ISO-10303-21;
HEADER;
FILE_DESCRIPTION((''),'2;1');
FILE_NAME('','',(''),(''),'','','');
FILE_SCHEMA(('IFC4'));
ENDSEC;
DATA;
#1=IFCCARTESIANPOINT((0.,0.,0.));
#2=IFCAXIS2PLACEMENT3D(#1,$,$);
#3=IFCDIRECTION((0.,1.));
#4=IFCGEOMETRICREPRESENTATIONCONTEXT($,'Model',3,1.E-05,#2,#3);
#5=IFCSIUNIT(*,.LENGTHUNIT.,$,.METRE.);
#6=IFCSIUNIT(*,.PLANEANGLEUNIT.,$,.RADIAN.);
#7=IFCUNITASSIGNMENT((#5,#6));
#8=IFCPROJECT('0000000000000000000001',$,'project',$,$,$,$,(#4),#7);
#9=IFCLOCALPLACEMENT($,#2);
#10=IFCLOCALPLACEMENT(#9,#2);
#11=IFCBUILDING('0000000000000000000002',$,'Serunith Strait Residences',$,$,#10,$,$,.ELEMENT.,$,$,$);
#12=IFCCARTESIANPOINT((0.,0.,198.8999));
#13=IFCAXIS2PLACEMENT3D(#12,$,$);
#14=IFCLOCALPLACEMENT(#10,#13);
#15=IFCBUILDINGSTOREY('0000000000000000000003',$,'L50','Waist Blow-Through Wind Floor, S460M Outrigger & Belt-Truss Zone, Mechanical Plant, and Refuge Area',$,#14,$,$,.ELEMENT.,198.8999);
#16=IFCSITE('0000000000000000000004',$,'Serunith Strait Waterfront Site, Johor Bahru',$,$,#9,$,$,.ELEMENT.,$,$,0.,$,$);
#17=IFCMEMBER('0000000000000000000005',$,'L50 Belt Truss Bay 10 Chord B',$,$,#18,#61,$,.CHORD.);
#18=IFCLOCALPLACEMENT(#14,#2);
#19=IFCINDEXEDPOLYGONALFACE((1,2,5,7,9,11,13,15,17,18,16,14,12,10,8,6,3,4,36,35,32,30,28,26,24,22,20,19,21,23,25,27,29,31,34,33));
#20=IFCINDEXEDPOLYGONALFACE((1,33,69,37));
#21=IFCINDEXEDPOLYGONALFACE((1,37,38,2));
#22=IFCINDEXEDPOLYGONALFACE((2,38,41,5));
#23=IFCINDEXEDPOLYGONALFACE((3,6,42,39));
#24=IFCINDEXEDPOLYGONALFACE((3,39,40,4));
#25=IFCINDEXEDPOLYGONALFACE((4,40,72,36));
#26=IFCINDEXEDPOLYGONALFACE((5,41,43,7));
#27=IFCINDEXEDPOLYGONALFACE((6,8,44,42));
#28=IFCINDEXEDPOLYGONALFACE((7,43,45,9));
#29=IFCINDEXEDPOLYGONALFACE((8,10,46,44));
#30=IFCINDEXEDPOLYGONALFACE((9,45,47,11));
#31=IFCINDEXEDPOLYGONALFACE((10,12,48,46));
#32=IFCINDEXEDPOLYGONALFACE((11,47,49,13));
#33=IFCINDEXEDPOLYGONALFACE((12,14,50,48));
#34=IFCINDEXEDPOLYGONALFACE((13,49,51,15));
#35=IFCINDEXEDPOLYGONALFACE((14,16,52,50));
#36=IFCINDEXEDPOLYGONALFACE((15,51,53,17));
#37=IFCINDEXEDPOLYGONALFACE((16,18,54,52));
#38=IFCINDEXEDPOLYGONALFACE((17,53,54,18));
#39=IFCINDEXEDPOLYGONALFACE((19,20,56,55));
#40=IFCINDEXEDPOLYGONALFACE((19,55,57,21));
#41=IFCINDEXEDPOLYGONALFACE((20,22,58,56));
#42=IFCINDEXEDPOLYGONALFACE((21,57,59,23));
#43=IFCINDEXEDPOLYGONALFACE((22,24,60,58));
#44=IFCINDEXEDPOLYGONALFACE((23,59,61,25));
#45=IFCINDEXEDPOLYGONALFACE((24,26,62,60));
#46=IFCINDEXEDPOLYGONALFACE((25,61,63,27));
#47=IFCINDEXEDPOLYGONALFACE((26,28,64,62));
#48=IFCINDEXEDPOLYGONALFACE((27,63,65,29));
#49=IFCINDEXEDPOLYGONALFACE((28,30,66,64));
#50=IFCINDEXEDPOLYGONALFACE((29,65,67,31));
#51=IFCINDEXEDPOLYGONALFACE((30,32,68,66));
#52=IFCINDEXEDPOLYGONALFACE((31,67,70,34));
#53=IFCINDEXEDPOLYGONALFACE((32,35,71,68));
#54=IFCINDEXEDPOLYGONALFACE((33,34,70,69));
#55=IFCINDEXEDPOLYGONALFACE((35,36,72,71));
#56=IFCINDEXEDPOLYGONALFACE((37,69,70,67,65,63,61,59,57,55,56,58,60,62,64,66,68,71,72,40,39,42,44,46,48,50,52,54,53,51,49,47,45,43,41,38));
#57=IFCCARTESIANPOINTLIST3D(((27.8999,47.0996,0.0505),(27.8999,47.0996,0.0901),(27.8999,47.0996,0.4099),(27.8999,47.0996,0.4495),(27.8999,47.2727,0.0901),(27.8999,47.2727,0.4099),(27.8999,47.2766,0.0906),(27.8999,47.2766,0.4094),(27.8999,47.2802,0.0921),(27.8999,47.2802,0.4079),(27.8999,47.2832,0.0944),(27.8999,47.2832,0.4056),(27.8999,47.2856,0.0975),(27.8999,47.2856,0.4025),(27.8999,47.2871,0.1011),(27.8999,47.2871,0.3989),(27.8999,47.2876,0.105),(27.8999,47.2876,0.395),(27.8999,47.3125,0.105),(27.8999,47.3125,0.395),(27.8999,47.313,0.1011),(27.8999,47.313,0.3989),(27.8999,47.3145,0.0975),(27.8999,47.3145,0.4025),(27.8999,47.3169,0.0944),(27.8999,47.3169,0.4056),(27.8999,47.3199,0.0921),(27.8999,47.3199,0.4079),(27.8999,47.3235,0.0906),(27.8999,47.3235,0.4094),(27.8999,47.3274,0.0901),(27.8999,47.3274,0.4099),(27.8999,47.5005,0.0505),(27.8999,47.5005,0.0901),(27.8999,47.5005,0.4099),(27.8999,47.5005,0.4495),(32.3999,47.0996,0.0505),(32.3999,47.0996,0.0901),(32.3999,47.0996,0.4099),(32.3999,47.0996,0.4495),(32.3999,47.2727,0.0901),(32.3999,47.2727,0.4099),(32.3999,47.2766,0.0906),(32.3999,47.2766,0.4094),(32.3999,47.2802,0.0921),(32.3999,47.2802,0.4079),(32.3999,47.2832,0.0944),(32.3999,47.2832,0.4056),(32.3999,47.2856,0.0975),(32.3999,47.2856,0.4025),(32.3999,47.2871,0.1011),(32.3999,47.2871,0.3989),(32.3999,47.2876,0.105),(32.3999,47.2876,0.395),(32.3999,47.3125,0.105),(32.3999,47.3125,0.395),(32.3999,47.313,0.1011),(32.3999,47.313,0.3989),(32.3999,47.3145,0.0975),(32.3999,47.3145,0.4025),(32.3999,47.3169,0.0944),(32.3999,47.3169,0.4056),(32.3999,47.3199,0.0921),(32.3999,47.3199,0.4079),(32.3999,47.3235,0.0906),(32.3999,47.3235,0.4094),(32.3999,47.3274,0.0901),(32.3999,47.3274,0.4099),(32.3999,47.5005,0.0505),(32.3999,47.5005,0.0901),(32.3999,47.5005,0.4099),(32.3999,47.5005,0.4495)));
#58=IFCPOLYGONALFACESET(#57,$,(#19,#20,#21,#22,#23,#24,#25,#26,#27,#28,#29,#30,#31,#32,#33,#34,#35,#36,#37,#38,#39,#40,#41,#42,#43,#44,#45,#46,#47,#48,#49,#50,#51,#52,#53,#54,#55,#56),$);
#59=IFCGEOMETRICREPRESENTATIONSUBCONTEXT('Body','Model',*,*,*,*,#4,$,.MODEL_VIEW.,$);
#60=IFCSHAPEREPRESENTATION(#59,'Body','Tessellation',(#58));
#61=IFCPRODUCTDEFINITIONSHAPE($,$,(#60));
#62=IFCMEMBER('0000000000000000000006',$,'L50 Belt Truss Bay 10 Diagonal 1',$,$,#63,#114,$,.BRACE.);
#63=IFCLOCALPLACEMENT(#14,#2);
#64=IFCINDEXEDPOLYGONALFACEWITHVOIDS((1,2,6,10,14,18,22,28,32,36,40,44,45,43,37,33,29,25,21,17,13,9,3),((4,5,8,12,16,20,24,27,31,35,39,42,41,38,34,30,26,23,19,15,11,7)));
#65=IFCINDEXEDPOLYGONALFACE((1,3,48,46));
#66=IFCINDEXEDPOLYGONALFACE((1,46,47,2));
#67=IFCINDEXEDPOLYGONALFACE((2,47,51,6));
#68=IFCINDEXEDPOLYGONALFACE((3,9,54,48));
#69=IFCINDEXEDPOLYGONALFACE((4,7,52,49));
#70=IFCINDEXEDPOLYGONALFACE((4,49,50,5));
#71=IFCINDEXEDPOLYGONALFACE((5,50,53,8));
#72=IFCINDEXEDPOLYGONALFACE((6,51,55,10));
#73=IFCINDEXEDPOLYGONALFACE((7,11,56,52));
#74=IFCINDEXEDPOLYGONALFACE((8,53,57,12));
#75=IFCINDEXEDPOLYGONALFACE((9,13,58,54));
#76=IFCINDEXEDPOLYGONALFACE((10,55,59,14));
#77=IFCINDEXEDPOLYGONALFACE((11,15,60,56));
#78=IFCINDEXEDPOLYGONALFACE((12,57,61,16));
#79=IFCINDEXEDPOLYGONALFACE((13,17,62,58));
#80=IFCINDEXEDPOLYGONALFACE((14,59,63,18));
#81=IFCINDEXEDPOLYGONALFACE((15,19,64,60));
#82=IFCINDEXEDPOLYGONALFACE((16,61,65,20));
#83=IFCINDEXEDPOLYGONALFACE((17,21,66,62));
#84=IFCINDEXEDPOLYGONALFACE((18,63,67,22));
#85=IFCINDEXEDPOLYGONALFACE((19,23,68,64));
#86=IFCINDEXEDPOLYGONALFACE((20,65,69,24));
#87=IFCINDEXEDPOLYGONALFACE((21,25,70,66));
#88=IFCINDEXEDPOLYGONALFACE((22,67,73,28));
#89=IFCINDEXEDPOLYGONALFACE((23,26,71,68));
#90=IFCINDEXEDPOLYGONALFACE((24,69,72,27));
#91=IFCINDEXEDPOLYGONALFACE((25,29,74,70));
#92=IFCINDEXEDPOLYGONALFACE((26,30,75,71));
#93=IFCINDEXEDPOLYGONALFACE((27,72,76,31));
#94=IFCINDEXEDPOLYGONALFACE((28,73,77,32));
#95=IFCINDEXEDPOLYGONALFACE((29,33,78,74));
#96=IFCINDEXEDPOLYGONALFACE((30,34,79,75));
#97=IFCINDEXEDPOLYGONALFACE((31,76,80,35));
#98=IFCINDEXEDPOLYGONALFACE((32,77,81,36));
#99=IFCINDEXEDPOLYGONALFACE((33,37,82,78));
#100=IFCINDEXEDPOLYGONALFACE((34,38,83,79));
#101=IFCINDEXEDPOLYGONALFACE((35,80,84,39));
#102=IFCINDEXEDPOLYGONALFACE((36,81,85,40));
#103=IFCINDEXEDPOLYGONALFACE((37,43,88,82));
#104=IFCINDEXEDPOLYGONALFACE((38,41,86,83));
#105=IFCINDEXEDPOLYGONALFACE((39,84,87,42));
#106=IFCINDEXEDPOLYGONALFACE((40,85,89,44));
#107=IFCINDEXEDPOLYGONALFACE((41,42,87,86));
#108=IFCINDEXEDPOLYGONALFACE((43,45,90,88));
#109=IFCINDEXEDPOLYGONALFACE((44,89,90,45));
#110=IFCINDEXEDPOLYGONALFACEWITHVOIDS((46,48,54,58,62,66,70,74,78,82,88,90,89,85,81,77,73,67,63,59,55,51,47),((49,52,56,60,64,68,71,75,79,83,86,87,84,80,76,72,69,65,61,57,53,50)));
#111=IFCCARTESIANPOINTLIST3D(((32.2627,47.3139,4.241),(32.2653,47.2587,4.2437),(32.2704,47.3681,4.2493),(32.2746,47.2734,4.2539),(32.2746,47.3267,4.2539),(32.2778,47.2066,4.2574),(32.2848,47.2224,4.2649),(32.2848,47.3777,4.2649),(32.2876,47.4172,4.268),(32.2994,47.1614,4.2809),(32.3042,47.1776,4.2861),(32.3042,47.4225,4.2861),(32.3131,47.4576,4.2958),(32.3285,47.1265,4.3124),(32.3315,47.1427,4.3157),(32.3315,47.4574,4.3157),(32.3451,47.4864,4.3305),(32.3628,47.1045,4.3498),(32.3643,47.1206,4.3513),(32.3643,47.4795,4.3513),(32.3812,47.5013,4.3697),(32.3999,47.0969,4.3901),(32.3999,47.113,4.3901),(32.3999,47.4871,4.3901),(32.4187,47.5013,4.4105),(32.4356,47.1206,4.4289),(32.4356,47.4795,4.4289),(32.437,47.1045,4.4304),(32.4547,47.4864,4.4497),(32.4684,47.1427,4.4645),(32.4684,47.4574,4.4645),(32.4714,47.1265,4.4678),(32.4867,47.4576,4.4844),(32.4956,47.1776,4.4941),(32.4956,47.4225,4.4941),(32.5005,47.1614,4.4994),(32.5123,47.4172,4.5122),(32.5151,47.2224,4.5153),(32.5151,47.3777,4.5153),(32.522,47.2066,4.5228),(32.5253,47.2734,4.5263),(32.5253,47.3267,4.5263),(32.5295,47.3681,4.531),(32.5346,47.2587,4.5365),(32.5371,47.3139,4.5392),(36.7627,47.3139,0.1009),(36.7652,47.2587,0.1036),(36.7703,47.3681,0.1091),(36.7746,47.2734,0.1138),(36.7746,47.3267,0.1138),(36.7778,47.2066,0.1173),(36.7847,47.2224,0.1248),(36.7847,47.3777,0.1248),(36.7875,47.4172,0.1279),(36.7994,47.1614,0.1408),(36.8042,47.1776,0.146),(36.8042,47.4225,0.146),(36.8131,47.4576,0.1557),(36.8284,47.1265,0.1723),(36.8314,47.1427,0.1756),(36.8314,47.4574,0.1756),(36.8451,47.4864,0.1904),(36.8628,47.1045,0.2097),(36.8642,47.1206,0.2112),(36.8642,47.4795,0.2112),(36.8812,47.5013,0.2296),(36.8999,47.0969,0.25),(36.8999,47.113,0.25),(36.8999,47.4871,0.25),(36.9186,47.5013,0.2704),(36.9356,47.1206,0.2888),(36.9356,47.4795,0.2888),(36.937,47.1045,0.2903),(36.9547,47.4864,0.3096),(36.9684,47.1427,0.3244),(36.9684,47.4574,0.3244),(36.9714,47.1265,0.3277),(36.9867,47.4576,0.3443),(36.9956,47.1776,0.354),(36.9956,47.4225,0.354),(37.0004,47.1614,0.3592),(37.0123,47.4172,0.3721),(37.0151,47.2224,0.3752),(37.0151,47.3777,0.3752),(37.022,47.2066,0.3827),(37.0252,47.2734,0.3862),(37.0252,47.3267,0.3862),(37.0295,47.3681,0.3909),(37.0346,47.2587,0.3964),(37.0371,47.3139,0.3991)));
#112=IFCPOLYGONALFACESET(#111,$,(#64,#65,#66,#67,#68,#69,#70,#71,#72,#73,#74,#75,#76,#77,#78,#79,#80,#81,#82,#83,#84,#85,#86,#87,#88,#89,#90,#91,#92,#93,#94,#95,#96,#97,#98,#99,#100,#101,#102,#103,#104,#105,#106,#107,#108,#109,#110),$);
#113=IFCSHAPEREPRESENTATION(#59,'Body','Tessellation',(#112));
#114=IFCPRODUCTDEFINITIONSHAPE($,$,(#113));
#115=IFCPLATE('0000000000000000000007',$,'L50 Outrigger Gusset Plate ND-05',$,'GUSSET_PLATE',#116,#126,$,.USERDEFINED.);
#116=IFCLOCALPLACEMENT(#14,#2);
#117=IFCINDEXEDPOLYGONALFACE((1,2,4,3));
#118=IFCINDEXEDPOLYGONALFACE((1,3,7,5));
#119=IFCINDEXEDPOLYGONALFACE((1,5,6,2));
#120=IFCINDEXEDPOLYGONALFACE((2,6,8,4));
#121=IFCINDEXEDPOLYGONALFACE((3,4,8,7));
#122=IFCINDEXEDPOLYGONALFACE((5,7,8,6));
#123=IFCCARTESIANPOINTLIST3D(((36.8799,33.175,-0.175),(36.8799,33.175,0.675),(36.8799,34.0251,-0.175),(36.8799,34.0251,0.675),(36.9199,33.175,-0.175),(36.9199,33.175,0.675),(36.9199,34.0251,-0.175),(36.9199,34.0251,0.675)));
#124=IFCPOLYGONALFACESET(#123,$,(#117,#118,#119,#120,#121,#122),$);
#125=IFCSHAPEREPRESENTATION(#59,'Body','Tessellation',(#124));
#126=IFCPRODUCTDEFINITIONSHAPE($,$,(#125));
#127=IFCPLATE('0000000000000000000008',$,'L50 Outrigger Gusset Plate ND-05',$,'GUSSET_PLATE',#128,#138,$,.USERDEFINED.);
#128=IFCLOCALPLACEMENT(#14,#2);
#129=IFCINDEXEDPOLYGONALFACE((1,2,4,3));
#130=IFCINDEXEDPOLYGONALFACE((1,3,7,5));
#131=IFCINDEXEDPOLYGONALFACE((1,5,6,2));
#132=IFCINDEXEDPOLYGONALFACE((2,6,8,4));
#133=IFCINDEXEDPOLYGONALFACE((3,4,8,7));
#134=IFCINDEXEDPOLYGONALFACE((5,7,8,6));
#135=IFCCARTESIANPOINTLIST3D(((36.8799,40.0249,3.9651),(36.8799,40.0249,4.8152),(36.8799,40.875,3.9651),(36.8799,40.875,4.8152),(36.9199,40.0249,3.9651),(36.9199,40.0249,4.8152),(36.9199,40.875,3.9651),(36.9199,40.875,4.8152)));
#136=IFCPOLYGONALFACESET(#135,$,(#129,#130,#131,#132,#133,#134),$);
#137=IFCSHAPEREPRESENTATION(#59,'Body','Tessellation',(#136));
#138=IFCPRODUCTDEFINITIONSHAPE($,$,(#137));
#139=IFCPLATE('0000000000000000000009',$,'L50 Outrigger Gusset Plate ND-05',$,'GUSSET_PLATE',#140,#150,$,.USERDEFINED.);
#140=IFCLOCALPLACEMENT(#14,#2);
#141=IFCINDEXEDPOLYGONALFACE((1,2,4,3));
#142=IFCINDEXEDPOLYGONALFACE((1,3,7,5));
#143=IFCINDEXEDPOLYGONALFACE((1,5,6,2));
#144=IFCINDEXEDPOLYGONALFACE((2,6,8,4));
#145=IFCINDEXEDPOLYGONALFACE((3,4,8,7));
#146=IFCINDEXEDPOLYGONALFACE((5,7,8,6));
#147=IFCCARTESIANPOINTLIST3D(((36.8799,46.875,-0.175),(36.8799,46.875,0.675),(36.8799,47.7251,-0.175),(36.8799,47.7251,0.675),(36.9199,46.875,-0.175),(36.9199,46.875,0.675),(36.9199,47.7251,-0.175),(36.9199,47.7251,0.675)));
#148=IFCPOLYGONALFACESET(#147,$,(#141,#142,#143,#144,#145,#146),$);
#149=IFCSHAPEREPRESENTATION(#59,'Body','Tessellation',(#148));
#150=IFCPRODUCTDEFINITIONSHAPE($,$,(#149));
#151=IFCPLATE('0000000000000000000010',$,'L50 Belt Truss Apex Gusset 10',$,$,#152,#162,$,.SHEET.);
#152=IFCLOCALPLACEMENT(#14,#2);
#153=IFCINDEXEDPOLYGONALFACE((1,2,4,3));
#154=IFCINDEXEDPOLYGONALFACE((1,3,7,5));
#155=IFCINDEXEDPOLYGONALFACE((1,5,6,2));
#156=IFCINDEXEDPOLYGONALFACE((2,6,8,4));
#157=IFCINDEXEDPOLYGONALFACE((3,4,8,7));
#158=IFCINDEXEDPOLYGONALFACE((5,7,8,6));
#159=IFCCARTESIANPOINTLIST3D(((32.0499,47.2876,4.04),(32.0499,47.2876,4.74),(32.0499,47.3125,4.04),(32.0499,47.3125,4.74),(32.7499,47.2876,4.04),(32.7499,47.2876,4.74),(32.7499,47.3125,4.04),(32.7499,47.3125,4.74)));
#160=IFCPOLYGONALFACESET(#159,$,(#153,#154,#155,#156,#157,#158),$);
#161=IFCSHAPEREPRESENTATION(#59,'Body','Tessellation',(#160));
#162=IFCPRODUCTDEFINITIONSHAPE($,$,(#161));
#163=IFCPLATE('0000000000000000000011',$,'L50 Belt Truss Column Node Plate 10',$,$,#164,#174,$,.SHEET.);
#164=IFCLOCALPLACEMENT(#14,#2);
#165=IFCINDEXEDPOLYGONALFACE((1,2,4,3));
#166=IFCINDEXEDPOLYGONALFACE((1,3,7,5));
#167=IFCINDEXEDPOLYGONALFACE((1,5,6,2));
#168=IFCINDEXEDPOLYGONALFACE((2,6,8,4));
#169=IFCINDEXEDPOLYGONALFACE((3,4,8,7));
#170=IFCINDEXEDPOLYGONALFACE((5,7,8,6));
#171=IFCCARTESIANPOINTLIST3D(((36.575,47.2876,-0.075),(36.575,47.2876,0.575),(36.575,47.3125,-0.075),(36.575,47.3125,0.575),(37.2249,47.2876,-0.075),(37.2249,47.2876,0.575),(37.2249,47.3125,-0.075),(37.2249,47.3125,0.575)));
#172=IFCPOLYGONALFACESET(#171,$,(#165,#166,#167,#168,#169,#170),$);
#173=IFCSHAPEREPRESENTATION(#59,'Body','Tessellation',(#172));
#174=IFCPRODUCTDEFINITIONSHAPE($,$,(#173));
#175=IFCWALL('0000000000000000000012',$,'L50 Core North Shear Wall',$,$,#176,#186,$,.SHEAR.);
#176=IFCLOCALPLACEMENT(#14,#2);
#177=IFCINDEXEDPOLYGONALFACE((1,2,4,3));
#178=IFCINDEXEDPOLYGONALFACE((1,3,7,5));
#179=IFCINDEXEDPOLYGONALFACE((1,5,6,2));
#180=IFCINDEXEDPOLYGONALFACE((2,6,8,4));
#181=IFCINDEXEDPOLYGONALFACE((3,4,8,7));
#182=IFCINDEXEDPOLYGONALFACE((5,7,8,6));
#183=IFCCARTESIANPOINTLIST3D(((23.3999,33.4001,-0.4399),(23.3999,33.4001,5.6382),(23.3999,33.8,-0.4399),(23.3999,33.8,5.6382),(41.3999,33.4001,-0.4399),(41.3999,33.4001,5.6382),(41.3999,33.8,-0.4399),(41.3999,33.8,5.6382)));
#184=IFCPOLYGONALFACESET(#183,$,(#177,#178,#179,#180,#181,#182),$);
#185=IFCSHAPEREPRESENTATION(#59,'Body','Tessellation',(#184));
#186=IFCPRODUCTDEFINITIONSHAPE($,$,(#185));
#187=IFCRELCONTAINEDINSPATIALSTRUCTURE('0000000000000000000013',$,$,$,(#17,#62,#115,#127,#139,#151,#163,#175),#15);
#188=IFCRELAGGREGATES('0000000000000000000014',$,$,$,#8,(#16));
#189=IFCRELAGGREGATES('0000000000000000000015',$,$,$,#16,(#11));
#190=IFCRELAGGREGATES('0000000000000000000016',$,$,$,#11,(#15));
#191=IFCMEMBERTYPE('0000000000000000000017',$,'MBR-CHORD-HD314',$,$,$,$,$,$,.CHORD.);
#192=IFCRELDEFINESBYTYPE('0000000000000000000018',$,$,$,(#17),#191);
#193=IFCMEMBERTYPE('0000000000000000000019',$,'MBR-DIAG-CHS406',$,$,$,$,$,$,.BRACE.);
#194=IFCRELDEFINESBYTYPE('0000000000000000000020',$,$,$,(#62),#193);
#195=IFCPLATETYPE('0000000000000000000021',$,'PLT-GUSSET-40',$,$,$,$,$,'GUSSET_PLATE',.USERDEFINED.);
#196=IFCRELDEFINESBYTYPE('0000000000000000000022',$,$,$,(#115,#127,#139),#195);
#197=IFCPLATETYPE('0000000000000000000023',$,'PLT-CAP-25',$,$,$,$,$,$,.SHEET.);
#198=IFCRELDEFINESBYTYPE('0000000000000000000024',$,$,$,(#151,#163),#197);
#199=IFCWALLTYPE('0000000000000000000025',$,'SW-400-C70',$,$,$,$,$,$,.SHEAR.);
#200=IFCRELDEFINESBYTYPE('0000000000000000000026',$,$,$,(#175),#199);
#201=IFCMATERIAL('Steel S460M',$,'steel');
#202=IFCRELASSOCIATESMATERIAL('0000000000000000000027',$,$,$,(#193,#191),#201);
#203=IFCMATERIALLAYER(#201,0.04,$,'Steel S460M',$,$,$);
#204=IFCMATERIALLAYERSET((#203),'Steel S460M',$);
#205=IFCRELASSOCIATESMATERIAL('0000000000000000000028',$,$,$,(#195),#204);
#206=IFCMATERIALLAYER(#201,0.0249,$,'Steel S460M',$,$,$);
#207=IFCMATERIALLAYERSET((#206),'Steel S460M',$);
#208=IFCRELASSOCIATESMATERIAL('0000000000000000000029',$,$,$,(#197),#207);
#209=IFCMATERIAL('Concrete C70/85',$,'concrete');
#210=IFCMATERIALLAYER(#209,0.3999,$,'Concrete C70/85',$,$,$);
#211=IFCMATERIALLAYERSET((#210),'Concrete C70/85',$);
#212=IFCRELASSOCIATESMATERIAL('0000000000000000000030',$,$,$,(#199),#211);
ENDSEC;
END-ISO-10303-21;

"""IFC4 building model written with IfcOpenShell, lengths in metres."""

from ifc_helpers import new_model, si_unit, direction, frame, frame_2d, origin, origin_2d, place, context, subcontext, project, spatial, rectangle, hollow_circle, i_section, extrude, source, transform, mapped, material, layer, layer_set, material_profile, profile_set, type_object, element, save


model = new_model("IFC4")

# Units and contexts
model_context = context("Model", 3, precision=1e-05, world=origin(), true_north=direction((0.0, 1.0)))
body_context = subcontext(model_context, "Body", "Model", "MODEL_VIEW")
ifc_project = project(units=[si_unit("LENGTHUNIT", "METRE"), si_unit("PLANEANGLEUNIT", "RADIAN")], contexts=[model_context])

# Site, building, storey
site_placement = place(None, origin())
site = spatial("IfcSite", under=ifc_project, at=site_placement, Name="Serunith Strait Waterfront Site, Johor Bahru", CompositionType="ELEMENT", RefElevation=0.0)
building_placement = place(site_placement, origin())
building = spatial("IfcBuilding", under=site, at=building_placement, Name="Serunith Strait Residences", CompositionType="ELEMENT")
storey_placement = place(building_placement, frame((0.0, 0.0, 198.8999)))
storey = spatial("IfcBuildingStorey", under=building, at=storey_placement, Name="L50", Description="Waist Blow-Through Wind Floor, S460M Outrigger & Belt-Truss Zone, Mechanical Plant, and Refuge Area", CompositionType="ELEMENT", Elevation=198.8999)

# Members
ifc_material_1 = material(Name="Steel S460M", Category="steel")
ifc_material_profile_1 = material_profile(ifc_material_1, hollow_circle(Radius=0.2031, WallThickness=0.0161, at=origin_2d()), Name="CHS 406.4x16")
ifc_profile_set_1 = profile_set([ifc_material_profile_1], Name="Steel S460M")
member_type_1 = type_object("IfcMemberType", Name="MBR-DIAG-CHS406", PredefinedType="BRACE", material=ifc_profile_set_1)
ifc_material_profile_2 = material_profile(ifc_material_1, i_section(OverallWidth=0.4009, OverallDepth=0.3989, WebThickness=0.0249, FlangeThickness=0.0396, FilletRadius=0.0149, at=origin_2d()), Name="HD 400x314")
ifc_profile_set_2 = profile_set([ifc_material_profile_2], Name="Steel S460M")
member_type_2 = type_object("IfcMemberType", Name="MBR-CHORD-HD314", PredefinedType="CHORD", material=ifc_profile_set_2)
shared_shape_1 = source(origin(), body_context, "Body", "SweptSolid", [
    extrude(i_section(OverallWidth=0.4009, OverallDepth=0.3989, WebThickness=0.0249, FlangeThickness=0.0396, FilletRadius=0.0149, at=origin_2d()), origin(), (0.0, 0.0, 1.0), 4.5),
])
for number, where, z_axis, x_axis, name in (
    (1, (32.3999, 47.3, 0.25), (-1.0, 0.0, 0.0), (0.0, -1.0, 0.0), "L50 Belt Truss Bay 10 Chord B"),
):
    element("IfcMember", number, at=place(storey_placement, frame(where, z_axis=z_axis, x_axis=x_axis)), inside=storey, type_object=member_type_2, Name=name, PredefinedType="CHORD", context=body_context, shape_type="MappedRepresentation", body=[
        mapped(shared_shape_1, transform((0.0, 0.0, 0.0), scale=1.0)),
    ])
shared_shape_2 = source(origin(), body_context, "Body", "SweptSolid", [
    extrude(hollow_circle(Radius=0.2031, WallThickness=0.0161, at=origin_2d()), origin(), (0.0, 0.0, 1.0), 6.1147),
])
member_1_placement = place(storey_placement, frame((36.8999, 47.3, 0.25), z_axis=(-0.73592, 0.0, 0.677069), x_axis=(0.0, -1.0, 0.0)))
element("IfcMember", 2, at=member_1_placement, inside=storey, type_object=member_type_1, Name="L50 Belt Truss Bay 10 Diagonal 1", PredefinedType="BRACE", context=body_context, shape_type="MappedRepresentation", body=[
    mapped(shared_shape_2, transform((0.0, 0.0, 0.0), scale=1.0)),
])

# Plates
ifc_layer_1 = layer(ifc_material_1, 0.04, Name="Steel S460M")
ifc_layer_set_1 = layer_set([ifc_layer_1], Name="Steel S460M")
plate_type_1 = type_object("IfcPlateType", Name="PLT-GUSSET-40", ElementType="GUSSET_PLATE", PredefinedType="USERDEFINED", material=ifc_layer_set_1)
shared_shape_3 = source(origin(), body_context, "Body", "SweptSolid", [
    extrude(rectangle(XDim=0.8501, YDim=0.04, at=origin_2d()), origin(), (0.0, 0.0, 1.0), 0.8501),
])
for number, where, z_axis, x_axis, name in (
    (3, (36.8999, 33.6001, -0.175), (0.0, 0.0, 1.0), (0.0, 1.0, 0.0), "L50 Outrigger Gusset Plate ND-05"),
    (4, (36.8999, 40.45, 3.9651), (0.0, 0.0, 1.0), (0.0, 1.0, 0.0), "L50 Outrigger Gusset Plate ND-05"),
    (5, (36.8999, 47.3, -0.175), (0.0, 0.0, 1.0), (0.0, 1.0, 0.0), "L50 Outrigger Gusset Plate ND-05"),
):
    element("IfcPlate", number, at=place(storey_placement, frame(where, z_axis=z_axis, x_axis=x_axis)), inside=storey, type_object=plate_type_1, Name=name, ObjectType="GUSSET_PLATE", PredefinedType="USERDEFINED", context=body_context, shape_type="MappedRepresentation", body=[
        mapped(shared_shape_3, transform((0.0, 0.0, 0.0), scale=1.0)),
    ])
ifc_layer_2 = layer(ifc_material_1, 0.0249, Name="Steel S460M")
ifc_layer_set_2 = layer_set([ifc_layer_2], Name="Steel S460M")
plate_type_2 = type_object("IfcPlateType", Name="PLT-CAP-25", PredefinedType="SHEET", material=ifc_layer_set_2)
shared_shape_4 = source(origin(), body_context, "Body", "SweptSolid", [
    extrude(rectangle(XDim=0.7, YDim=0.0249, at=origin_2d()), origin(), (0.0, 0.0, 1.0), 0.7),
])
plate_1_placement = place(storey_placement, frame((32.3999, 47.3, 4.04), z_axis=(0.0, 0.0, 1.0), x_axis=(-1.0, 0.0, 0.0)))
element("IfcPlate", 6, at=plate_1_placement, inside=storey, type_object=plate_type_2, Name="L50 Belt Truss Apex Gusset 10", PredefinedType="SHEET", context=body_context, shape_type="MappedRepresentation", body=[
    mapped(shared_shape_4, transform((0.0, 0.0, 0.0), scale=1.0)),
])
shared_shape_5 = source(origin(), body_context, "Body", "SweptSolid", [
    extrude(rectangle(XDim=0.6499, YDim=0.0249, at=origin_2d()), origin(), (0.0, 0.0, 1.0), 0.6499),
])
plate_2_placement = place(storey_placement, frame((36.8999, 47.3, -0.075), z_axis=(0.0, 0.0, 1.0), x_axis=(-1.0, 0.0, 0.0)))
element("IfcPlate", 7, at=plate_2_placement, inside=storey, type_object=plate_type_2, Name="L50 Belt Truss Column Node Plate 10", PredefinedType="SHEET", context=body_context, shape_type="MappedRepresentation", body=[
    mapped(shared_shape_5, transform((0.0, 0.0, 0.0), scale=1.0)),
])

# Wall
ifc_material_2 = material(Name="Concrete C70/85", Category="concrete")
ifc_layer_3 = layer(ifc_material_2, 0.3999, Name="Concrete C70/85")
ifc_layer_set_3 = layer_set([ifc_layer_3], Name="Concrete C70/85")
wall_type = type_object("IfcWallType", Name="SW-400-C70", PredefinedType="SHEAR", material=ifc_layer_set_3)
wall_placement = place(storey_placement, frame((41.3999, 33.6001, -0.4399), z_axis=(0.0, 0.0, 1.0), x_axis=(-1.0, 0.0, 0.0)))
element("IfcWall", 8, at=wall_placement, inside=storey, type_object=wall_type, Name="L50 Core North Shear Wall", PredefinedType="SHEAR", context=body_context, shape_type="SweptSolid", body=[
    extrude(rectangle(XDim=18.0, YDim=0.3999, at=frame_2d((9.0, 0.0))), origin(), (0.0, 0.0, 1.0), 6.0781),
])

save(model, "model.ifc")
